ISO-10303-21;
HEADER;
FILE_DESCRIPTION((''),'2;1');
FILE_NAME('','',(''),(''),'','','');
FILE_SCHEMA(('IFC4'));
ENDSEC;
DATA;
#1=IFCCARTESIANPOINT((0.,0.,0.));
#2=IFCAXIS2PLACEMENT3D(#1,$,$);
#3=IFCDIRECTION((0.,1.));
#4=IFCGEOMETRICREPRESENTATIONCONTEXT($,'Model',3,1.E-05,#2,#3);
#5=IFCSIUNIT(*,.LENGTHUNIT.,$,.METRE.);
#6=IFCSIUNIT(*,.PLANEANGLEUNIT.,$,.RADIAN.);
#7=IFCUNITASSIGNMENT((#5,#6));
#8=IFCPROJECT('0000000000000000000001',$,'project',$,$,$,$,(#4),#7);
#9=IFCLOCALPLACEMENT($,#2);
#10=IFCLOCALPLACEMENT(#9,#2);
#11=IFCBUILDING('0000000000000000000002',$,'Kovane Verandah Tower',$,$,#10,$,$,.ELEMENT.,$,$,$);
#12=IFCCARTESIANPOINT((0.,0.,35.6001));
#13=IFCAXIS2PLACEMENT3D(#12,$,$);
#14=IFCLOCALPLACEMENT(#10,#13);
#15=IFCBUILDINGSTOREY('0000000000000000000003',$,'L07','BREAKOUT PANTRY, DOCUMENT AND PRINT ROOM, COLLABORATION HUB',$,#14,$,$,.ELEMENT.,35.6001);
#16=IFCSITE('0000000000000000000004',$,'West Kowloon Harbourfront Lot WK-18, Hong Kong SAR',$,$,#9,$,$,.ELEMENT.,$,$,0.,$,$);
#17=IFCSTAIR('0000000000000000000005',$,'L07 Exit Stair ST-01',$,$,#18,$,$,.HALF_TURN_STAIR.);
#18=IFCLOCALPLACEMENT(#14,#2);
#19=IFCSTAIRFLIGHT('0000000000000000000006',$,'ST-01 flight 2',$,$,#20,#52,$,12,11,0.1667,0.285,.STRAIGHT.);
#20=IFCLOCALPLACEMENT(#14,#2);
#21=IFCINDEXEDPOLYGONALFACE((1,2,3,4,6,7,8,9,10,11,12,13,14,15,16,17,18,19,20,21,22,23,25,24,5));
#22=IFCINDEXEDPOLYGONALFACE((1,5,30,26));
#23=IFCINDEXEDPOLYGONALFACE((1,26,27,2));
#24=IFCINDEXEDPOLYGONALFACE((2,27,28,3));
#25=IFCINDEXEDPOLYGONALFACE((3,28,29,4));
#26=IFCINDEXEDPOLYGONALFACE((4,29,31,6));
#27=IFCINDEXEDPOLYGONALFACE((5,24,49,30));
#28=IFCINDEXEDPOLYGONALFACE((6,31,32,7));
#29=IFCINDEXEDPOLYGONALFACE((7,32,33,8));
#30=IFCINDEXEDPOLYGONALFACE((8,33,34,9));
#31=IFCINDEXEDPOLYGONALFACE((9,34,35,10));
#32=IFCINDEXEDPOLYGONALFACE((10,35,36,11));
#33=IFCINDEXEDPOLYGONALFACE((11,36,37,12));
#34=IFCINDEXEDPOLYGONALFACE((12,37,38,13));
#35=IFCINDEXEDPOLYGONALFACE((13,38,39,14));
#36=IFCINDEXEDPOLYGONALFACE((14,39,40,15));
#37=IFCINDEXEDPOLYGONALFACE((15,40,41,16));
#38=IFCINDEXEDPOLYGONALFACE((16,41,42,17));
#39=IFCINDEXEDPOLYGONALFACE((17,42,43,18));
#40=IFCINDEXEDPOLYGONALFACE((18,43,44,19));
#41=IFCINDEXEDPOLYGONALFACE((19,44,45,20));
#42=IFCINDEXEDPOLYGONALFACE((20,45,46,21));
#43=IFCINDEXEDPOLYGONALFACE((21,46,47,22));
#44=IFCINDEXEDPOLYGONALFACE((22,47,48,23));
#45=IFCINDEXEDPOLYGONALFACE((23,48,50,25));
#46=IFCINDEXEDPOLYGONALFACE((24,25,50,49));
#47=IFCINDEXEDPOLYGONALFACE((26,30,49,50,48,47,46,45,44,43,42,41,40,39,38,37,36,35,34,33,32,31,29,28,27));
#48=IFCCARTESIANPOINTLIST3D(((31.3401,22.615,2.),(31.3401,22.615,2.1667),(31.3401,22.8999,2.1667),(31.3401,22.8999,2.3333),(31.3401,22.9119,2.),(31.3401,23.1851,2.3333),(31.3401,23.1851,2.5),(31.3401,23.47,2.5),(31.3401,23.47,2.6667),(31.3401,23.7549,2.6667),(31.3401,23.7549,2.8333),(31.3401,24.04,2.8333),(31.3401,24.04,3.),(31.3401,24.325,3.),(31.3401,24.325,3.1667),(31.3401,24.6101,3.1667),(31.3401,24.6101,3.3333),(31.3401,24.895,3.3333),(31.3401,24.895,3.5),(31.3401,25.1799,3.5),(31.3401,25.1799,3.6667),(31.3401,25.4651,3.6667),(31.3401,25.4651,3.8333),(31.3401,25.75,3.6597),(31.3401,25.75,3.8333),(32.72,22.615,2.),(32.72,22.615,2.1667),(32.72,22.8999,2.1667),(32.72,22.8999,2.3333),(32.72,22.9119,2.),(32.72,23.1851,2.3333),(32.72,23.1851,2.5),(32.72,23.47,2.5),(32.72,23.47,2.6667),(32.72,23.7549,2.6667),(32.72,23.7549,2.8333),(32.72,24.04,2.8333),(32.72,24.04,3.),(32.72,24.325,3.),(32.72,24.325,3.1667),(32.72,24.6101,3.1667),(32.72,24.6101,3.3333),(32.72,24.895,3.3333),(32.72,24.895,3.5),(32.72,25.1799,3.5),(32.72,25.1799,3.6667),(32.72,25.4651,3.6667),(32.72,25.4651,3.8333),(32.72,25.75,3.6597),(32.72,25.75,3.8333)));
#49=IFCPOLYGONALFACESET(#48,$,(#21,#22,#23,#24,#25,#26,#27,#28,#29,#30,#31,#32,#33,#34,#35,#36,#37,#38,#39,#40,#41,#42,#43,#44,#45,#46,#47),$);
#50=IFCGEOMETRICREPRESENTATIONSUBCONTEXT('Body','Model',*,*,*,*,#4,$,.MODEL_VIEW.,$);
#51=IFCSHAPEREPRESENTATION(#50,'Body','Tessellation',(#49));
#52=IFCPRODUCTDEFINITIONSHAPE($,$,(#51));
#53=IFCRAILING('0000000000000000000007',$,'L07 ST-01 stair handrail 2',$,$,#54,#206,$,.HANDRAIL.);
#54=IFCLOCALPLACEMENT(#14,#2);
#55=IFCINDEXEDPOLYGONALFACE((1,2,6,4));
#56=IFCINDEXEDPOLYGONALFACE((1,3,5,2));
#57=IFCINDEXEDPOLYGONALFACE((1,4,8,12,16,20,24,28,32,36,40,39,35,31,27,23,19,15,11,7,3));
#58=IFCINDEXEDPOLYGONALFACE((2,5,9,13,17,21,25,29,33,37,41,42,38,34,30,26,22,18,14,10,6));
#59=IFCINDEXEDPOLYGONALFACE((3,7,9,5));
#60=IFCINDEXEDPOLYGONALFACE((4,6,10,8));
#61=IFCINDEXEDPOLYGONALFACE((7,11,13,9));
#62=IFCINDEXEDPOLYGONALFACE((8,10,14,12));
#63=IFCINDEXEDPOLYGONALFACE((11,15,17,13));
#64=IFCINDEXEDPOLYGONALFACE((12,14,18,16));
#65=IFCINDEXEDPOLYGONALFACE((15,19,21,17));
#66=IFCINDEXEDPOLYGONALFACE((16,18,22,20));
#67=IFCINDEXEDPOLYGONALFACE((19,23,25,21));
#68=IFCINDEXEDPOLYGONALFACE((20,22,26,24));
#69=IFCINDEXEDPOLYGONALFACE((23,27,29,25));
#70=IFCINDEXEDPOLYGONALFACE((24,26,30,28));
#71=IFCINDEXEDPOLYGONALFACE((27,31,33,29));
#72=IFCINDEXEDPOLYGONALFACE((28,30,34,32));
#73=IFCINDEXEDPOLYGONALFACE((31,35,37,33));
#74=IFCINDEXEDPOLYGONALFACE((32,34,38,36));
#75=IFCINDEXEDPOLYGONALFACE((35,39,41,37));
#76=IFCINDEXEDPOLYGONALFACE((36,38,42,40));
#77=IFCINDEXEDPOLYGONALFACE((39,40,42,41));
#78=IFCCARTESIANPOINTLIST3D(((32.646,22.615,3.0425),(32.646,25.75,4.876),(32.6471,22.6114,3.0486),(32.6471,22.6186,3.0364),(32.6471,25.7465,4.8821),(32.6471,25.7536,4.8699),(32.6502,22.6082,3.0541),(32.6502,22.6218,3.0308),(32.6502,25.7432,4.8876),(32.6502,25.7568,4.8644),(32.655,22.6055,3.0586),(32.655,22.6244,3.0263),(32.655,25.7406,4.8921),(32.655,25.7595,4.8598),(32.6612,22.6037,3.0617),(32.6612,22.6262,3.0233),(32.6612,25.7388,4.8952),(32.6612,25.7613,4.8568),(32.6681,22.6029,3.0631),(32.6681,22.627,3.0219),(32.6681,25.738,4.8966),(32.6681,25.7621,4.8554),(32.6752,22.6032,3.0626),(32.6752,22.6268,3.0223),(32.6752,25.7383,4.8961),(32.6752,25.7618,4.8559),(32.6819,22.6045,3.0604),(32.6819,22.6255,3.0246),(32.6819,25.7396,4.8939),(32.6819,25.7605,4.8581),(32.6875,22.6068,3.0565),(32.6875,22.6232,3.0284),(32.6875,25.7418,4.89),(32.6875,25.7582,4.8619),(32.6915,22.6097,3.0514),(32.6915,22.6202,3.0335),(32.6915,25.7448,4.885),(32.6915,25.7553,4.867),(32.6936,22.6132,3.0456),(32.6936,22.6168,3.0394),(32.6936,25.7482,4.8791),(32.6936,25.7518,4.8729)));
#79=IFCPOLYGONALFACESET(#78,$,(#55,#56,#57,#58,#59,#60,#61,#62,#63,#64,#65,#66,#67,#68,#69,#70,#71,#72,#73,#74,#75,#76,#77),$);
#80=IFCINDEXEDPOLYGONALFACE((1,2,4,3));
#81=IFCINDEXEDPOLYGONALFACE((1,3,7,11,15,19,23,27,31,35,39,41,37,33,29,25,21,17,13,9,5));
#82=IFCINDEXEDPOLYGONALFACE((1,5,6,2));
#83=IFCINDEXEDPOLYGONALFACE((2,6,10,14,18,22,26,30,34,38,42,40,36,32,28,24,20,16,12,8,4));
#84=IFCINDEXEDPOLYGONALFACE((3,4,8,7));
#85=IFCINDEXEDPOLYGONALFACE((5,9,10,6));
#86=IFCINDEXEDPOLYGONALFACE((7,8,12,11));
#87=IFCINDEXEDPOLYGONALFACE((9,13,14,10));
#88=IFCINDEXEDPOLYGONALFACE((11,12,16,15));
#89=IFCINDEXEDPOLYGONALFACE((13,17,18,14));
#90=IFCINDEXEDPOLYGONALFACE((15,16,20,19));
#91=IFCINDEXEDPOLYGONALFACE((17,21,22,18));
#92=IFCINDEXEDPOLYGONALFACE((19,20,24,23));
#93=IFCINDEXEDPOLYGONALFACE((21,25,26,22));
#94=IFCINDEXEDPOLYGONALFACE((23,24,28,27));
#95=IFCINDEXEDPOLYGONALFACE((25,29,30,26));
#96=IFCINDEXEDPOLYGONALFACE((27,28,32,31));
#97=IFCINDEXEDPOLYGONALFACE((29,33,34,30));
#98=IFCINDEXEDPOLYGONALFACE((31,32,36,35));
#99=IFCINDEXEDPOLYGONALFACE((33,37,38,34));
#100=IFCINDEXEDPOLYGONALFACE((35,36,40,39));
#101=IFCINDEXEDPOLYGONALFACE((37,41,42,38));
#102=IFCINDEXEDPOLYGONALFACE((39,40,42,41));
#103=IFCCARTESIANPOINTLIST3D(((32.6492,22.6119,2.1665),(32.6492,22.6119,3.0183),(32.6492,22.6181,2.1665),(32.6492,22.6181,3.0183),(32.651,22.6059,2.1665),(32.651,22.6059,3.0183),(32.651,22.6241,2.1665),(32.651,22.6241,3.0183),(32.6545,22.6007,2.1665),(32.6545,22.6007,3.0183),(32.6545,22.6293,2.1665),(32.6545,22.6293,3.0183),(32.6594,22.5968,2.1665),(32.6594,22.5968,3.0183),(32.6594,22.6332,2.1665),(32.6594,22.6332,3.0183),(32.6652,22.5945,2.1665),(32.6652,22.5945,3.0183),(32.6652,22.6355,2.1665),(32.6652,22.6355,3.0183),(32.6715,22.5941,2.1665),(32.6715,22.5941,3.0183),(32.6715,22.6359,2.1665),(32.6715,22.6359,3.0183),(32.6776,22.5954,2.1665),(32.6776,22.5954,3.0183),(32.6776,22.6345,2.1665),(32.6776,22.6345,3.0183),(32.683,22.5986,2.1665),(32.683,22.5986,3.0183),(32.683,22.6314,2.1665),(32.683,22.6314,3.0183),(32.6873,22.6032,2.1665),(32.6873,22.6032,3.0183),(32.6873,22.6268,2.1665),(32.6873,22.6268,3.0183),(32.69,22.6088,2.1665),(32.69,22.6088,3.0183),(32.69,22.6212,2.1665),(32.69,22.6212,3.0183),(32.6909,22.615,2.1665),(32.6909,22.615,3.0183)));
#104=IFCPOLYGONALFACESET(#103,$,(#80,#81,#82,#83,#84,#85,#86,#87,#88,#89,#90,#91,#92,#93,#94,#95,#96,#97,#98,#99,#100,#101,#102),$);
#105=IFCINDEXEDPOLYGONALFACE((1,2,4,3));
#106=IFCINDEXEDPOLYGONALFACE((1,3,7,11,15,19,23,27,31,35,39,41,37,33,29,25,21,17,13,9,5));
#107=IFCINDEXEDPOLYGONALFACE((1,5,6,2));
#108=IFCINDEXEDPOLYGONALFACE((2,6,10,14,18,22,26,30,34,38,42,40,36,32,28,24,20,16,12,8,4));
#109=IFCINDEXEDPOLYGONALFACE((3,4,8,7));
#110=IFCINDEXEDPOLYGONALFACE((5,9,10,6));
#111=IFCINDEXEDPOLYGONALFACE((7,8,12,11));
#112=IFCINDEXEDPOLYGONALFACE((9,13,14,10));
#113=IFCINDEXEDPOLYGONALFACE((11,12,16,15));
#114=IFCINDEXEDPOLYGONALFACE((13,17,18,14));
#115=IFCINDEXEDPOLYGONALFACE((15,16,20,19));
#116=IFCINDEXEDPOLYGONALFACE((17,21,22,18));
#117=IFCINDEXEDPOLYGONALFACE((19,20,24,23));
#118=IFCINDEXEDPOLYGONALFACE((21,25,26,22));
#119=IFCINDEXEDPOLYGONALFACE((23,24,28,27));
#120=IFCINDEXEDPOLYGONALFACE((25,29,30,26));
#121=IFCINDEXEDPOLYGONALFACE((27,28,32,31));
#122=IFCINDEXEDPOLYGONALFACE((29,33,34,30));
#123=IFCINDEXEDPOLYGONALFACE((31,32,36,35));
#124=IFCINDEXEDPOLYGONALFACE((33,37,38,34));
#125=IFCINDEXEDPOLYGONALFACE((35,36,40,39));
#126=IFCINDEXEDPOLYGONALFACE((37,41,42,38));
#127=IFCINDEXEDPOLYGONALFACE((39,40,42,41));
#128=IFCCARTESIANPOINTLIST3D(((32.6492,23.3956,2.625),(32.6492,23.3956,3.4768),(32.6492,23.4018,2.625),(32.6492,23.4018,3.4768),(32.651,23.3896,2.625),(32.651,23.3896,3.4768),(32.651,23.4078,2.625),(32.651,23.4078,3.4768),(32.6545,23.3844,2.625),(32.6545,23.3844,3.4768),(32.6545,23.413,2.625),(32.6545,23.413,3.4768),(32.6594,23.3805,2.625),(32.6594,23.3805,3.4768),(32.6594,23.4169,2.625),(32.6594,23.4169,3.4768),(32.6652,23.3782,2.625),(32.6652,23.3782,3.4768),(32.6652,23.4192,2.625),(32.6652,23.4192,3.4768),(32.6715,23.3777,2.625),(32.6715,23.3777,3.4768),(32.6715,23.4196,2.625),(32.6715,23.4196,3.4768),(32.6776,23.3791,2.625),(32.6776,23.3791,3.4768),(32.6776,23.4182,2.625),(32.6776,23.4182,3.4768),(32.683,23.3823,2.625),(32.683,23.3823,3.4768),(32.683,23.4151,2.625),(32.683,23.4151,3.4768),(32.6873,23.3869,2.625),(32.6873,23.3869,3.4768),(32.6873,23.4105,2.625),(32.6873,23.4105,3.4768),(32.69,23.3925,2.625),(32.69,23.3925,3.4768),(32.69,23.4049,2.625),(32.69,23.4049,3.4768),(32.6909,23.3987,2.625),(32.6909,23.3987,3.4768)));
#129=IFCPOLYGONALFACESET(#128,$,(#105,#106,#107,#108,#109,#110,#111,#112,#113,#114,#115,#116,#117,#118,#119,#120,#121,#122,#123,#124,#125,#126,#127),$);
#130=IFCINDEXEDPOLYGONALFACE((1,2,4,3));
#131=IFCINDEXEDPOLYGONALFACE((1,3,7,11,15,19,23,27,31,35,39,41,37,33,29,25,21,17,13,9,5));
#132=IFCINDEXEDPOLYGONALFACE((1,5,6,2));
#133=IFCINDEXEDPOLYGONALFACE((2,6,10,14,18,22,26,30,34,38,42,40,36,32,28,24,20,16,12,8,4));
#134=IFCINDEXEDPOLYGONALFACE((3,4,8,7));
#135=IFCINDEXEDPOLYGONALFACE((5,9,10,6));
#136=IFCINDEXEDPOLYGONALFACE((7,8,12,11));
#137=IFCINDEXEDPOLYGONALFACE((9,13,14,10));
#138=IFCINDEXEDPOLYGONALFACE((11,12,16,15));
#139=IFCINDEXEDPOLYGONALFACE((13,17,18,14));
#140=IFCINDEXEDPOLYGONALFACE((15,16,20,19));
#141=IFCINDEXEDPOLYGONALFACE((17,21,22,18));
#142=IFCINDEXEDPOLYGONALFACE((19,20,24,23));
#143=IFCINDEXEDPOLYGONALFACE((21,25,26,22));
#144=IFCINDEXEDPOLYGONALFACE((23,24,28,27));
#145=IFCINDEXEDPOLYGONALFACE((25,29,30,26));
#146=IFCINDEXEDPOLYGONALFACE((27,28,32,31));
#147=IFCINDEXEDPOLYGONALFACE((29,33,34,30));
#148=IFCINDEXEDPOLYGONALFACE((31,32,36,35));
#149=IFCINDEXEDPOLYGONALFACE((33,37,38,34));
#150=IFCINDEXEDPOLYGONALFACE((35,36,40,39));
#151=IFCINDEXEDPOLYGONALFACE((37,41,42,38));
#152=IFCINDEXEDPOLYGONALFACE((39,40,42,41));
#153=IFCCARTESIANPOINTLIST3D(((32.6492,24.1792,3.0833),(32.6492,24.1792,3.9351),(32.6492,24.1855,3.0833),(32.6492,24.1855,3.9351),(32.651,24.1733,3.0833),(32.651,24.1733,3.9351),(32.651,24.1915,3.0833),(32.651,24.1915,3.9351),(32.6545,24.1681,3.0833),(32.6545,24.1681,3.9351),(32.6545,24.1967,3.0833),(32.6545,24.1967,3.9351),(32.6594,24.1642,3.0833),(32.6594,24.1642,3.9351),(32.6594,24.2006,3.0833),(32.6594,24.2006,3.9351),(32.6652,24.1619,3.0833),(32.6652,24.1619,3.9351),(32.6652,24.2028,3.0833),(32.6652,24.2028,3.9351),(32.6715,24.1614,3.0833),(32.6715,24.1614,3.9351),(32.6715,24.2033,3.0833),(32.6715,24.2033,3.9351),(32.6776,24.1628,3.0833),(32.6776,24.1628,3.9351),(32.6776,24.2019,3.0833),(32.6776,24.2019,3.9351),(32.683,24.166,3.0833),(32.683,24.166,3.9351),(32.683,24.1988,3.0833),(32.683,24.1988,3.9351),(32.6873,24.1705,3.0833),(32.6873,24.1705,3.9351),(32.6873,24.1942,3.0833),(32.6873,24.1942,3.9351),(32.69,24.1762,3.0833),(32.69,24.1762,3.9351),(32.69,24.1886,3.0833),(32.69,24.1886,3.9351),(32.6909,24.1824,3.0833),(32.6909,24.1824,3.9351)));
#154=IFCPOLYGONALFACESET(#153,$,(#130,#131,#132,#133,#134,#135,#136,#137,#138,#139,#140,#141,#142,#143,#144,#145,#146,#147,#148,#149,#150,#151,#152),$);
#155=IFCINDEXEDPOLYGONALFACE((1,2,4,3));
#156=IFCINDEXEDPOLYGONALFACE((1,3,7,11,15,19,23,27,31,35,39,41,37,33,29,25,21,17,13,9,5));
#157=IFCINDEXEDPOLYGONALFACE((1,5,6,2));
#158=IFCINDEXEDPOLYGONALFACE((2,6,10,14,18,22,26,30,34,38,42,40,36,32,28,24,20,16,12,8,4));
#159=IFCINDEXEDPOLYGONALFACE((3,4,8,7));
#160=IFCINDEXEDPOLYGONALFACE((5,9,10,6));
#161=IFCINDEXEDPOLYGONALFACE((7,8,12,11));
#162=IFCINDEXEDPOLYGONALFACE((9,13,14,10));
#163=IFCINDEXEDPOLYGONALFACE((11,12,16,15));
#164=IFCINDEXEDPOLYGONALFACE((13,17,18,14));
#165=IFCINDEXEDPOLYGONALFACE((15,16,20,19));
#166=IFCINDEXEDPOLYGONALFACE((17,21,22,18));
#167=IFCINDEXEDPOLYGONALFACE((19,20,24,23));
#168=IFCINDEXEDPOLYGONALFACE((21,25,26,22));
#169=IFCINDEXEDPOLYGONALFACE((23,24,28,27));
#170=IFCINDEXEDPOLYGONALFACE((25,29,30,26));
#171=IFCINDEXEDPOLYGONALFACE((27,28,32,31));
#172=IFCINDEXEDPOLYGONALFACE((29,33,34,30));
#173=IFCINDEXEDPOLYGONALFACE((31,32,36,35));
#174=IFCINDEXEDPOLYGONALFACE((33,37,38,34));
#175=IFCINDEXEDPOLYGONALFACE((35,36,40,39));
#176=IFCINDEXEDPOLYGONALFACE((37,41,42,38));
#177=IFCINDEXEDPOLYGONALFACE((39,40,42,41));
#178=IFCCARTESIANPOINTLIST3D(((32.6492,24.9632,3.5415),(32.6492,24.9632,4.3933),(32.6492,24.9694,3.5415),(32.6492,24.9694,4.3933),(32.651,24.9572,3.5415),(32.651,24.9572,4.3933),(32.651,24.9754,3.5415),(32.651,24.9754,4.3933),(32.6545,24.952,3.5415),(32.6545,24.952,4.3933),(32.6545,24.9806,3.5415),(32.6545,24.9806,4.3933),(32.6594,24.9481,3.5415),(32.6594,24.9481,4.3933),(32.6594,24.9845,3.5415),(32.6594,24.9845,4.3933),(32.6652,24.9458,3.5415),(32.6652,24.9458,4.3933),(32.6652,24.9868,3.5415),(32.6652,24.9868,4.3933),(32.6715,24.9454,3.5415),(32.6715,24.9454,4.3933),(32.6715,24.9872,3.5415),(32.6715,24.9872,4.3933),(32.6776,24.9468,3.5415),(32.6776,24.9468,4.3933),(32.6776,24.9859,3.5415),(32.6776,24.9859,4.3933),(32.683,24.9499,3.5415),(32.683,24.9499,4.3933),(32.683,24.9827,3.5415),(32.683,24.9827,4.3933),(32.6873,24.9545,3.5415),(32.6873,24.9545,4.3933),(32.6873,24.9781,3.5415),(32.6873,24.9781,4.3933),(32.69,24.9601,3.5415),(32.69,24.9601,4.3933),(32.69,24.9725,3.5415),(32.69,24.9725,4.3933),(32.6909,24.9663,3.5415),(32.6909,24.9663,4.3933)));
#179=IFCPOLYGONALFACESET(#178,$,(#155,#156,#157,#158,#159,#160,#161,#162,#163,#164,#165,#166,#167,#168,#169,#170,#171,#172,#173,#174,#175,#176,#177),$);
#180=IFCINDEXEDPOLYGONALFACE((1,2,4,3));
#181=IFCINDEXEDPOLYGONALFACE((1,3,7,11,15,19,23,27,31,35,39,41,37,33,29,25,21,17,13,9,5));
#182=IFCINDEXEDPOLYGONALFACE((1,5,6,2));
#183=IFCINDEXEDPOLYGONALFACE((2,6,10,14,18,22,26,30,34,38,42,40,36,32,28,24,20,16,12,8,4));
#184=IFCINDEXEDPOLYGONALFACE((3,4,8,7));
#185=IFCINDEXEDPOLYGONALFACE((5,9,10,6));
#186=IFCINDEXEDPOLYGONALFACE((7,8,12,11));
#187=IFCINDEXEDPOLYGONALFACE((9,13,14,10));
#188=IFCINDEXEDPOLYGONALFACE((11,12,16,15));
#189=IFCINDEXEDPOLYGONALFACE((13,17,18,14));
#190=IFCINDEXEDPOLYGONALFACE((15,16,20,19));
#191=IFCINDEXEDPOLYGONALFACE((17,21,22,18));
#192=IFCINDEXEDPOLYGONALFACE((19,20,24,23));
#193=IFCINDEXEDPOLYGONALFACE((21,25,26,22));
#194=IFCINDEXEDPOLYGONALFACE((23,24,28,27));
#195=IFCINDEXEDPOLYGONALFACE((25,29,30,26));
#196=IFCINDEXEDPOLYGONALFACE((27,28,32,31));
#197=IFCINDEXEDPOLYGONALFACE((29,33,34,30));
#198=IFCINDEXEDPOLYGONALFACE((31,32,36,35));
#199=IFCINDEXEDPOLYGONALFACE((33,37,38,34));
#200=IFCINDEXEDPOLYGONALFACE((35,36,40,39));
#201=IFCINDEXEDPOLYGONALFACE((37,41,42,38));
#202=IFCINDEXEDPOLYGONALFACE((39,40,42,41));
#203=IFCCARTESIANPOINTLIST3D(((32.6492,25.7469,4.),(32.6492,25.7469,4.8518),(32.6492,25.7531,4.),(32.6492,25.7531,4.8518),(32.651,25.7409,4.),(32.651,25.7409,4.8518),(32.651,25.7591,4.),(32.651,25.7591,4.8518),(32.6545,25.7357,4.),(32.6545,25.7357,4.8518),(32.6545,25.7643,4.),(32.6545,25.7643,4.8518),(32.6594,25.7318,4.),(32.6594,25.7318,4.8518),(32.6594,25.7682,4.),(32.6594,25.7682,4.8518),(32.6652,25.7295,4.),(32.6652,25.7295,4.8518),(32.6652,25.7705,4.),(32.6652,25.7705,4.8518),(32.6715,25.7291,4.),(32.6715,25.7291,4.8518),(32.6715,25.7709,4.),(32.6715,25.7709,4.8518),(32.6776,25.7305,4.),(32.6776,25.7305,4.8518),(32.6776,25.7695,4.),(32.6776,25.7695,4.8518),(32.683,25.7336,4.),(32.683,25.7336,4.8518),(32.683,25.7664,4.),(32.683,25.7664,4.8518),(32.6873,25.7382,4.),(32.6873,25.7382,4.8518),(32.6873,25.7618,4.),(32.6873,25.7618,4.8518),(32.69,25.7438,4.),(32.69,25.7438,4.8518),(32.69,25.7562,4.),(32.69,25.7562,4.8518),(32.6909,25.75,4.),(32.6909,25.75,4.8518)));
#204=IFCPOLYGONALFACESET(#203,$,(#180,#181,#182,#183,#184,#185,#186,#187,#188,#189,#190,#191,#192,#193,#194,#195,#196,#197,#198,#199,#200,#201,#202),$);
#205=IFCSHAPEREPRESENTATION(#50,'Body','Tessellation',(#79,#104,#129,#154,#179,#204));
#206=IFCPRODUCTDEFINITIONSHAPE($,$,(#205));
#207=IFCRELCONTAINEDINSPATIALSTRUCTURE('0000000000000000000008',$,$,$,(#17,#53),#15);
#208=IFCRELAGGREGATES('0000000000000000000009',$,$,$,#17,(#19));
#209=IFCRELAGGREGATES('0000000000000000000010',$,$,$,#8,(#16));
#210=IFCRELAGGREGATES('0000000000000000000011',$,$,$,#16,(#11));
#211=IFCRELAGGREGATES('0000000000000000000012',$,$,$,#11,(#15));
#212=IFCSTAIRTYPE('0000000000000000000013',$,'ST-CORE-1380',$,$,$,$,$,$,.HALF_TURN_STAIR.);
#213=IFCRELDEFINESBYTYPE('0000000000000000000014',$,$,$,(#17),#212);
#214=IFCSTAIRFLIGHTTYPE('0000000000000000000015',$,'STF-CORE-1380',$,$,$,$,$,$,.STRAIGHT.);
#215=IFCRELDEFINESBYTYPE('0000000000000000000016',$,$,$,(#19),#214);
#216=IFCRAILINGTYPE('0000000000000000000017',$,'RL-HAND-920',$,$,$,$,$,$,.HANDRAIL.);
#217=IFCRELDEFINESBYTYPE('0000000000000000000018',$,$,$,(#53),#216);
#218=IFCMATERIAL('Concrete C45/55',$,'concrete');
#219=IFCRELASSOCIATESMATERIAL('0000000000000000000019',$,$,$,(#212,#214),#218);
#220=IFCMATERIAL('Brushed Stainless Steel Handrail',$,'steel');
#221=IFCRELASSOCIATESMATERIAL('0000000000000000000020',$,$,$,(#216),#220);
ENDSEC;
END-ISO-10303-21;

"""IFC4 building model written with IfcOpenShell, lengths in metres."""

from ifc_helpers import new_model, si_unit, direction, frame, origin, origin_2d, place, context, subcontext, project, spatial, polyline, circle, outline, extrude, material, type_object, element, aggregate, save


model = new_model("IFC4")

# Units and contexts
model_context = context("Model", 3, precision=1e-05, world=origin(), true_north=direction((0.0, 1.0)))
body_context = subcontext(model_context, "Body", "Model", "MODEL_VIEW")
ifc_project = project(units=[si_unit("LENGTHUNIT", "METRE"), si_unit("PLANEANGLEUNIT", "RADIAN")], contexts=[model_context])

# Site, building, storey
site_placement = place(None, origin())
site = spatial("IfcSite", under=ifc_project, at=site_placement, Name="West Kowloon Harbourfront Lot WK-18, Hong Kong SAR", CompositionType="ELEMENT", RefElevation=0.0)
building_placement = place(site_placement, origin())
building = spatial("IfcBuilding", under=site, at=building_placement, Name="Kovane Verandah Tower", CompositionType="ELEMENT")
storey_placement = place(building_placement, frame((0.0, 0.0, 35.6001)))
storey = spatial("IfcBuildingStorey", under=building, at=storey_placement, Name="L07", Description="BREAKOUT PANTRY, DOCUMENT AND PRINT ROOM, COLLABORATION HUB", CompositionType="ELEMENT", Elevation=35.6001)

# Stair, stair flight
ifc_material_1 = material(Name="Concrete C45/55", Category="concrete")
stair_type = type_object("IfcStairType", Name="ST-CORE-1380", PredefinedType="HALF_TURN_STAIR", material=ifc_material_1)
stair_placement = place(storey_placement, origin())
stair = element("IfcStair", 1, at=stair_placement, inside=storey, type_object=stair_type, Name="L07 Exit Stair ST-01", PredefinedType="HALF_TURN_STAIR")
stair_flight_type = type_object("IfcStairFlightType", Name="STF-CORE-1380", PredefinedType="STRAIGHT", material=ifc_material_1)
stair_flight_placement = place(storey_placement, frame((32.03, 22.615, 2.0), z_axis=(0.0, 0.0, 1.0), x_axis=(0.0, 1.0, 0.0)))
stair_flight = element("IfcStairFlight", 2, at=stair_flight_placement, type_object=stair_flight_type, Name="ST-01 flight 2", NumberOfRisers=12, NumberOfTreads=11, PredefinedType="STRAIGHT", RiserHeight=0.1667, TreadLength=0.285, context=body_context, shape_type="SweptSolid", body=[
    extrude(outline(polyline([(0.0, 0.0), (0.0, 0.1667), (0.2849, 0.1667), (0.2849, 0.3333), (0.5701, 0.3333), (0.5701, 0.5), (0.855, 0.5), (0.855, 0.6667), (1.1399, 0.6667), (1.1399, 0.8333), (1.425, 0.8333), (1.425, 1.0), (1.71, 1.0), (1.71, 1.1667), (1.9951, 1.1667), (1.9951, 1.3333), (2.28, 1.3333), (2.28, 1.5), (2.5649, 1.5), (2.5649, 1.6667), (2.8501, 1.6667), (2.8501, 1.8333), (3.135, 1.8333), (3.135, 2.0), (3.135, 1.6597), (0.2969, 0.0), (0.0, 0.0)])), frame((0.0, 0.6899, 0.0), z_axis=(0.0, -1.0, 0.0), x_axis=(1.0, 0.0, 0.0)), (0.0, 0.0, 1.0), 1.3799),
])
aggregate(stair, [stair_flight])

# Railing
ifc_material_2 = material(Name="Brushed Stainless Steel Handrail", Category="steel")
railing_type = type_object("IfcRailingType", Name="RL-HAND-920", PredefinedType="HANDRAIL", material=ifc_material_2)
railing_placement = place(storey_placement, frame((32.6699, 22.615, 2.1665)))
element("IfcRailing", 3, at=railing_placement, inside=storey, type_object=railing_type, Name="L07 ST-01 stair handrail 2", PredefinedType="HANDRAIL", context=body_context, shape_type="SweptSolid", body=[
    extrude(circle(Radius=0.0239, at=origin_2d()), frame((0.0, 0.0, 0.876), z_axis=(0.0, 0.86321, 0.504845), x_axis=(-1.0, 0.0, 0.0)), (0.0, 0.0, 1.0), 3.6318),
    extrude(circle(Radius=0.021, at=origin_2d()), origin(), (0.0, 0.0, 1.0), 0.8518),
    extrude(circle(Radius=0.021, at=origin_2d()), frame((0.0, 0.7837, 0.4585)), (0.0, 0.0, 1.0), 0.8518),
    extrude(circle(Radius=0.021, at=origin_2d()), frame((0.0, 1.5674, 0.9167)), (0.0, 0.0, 1.0), 0.8518),
    extrude(circle(Radius=0.021, at=origin_2d()), frame((0.0, 2.3513, 1.375)), (0.0, 0.0, 1.0), 0.8518),
    extrude(circle(Radius=0.021, at=origin_2d()), frame((0.0, 3.135, 1.8335)), (0.0, 0.0, 1.0), 0.8518),
])

save(model, "model.ifc")
